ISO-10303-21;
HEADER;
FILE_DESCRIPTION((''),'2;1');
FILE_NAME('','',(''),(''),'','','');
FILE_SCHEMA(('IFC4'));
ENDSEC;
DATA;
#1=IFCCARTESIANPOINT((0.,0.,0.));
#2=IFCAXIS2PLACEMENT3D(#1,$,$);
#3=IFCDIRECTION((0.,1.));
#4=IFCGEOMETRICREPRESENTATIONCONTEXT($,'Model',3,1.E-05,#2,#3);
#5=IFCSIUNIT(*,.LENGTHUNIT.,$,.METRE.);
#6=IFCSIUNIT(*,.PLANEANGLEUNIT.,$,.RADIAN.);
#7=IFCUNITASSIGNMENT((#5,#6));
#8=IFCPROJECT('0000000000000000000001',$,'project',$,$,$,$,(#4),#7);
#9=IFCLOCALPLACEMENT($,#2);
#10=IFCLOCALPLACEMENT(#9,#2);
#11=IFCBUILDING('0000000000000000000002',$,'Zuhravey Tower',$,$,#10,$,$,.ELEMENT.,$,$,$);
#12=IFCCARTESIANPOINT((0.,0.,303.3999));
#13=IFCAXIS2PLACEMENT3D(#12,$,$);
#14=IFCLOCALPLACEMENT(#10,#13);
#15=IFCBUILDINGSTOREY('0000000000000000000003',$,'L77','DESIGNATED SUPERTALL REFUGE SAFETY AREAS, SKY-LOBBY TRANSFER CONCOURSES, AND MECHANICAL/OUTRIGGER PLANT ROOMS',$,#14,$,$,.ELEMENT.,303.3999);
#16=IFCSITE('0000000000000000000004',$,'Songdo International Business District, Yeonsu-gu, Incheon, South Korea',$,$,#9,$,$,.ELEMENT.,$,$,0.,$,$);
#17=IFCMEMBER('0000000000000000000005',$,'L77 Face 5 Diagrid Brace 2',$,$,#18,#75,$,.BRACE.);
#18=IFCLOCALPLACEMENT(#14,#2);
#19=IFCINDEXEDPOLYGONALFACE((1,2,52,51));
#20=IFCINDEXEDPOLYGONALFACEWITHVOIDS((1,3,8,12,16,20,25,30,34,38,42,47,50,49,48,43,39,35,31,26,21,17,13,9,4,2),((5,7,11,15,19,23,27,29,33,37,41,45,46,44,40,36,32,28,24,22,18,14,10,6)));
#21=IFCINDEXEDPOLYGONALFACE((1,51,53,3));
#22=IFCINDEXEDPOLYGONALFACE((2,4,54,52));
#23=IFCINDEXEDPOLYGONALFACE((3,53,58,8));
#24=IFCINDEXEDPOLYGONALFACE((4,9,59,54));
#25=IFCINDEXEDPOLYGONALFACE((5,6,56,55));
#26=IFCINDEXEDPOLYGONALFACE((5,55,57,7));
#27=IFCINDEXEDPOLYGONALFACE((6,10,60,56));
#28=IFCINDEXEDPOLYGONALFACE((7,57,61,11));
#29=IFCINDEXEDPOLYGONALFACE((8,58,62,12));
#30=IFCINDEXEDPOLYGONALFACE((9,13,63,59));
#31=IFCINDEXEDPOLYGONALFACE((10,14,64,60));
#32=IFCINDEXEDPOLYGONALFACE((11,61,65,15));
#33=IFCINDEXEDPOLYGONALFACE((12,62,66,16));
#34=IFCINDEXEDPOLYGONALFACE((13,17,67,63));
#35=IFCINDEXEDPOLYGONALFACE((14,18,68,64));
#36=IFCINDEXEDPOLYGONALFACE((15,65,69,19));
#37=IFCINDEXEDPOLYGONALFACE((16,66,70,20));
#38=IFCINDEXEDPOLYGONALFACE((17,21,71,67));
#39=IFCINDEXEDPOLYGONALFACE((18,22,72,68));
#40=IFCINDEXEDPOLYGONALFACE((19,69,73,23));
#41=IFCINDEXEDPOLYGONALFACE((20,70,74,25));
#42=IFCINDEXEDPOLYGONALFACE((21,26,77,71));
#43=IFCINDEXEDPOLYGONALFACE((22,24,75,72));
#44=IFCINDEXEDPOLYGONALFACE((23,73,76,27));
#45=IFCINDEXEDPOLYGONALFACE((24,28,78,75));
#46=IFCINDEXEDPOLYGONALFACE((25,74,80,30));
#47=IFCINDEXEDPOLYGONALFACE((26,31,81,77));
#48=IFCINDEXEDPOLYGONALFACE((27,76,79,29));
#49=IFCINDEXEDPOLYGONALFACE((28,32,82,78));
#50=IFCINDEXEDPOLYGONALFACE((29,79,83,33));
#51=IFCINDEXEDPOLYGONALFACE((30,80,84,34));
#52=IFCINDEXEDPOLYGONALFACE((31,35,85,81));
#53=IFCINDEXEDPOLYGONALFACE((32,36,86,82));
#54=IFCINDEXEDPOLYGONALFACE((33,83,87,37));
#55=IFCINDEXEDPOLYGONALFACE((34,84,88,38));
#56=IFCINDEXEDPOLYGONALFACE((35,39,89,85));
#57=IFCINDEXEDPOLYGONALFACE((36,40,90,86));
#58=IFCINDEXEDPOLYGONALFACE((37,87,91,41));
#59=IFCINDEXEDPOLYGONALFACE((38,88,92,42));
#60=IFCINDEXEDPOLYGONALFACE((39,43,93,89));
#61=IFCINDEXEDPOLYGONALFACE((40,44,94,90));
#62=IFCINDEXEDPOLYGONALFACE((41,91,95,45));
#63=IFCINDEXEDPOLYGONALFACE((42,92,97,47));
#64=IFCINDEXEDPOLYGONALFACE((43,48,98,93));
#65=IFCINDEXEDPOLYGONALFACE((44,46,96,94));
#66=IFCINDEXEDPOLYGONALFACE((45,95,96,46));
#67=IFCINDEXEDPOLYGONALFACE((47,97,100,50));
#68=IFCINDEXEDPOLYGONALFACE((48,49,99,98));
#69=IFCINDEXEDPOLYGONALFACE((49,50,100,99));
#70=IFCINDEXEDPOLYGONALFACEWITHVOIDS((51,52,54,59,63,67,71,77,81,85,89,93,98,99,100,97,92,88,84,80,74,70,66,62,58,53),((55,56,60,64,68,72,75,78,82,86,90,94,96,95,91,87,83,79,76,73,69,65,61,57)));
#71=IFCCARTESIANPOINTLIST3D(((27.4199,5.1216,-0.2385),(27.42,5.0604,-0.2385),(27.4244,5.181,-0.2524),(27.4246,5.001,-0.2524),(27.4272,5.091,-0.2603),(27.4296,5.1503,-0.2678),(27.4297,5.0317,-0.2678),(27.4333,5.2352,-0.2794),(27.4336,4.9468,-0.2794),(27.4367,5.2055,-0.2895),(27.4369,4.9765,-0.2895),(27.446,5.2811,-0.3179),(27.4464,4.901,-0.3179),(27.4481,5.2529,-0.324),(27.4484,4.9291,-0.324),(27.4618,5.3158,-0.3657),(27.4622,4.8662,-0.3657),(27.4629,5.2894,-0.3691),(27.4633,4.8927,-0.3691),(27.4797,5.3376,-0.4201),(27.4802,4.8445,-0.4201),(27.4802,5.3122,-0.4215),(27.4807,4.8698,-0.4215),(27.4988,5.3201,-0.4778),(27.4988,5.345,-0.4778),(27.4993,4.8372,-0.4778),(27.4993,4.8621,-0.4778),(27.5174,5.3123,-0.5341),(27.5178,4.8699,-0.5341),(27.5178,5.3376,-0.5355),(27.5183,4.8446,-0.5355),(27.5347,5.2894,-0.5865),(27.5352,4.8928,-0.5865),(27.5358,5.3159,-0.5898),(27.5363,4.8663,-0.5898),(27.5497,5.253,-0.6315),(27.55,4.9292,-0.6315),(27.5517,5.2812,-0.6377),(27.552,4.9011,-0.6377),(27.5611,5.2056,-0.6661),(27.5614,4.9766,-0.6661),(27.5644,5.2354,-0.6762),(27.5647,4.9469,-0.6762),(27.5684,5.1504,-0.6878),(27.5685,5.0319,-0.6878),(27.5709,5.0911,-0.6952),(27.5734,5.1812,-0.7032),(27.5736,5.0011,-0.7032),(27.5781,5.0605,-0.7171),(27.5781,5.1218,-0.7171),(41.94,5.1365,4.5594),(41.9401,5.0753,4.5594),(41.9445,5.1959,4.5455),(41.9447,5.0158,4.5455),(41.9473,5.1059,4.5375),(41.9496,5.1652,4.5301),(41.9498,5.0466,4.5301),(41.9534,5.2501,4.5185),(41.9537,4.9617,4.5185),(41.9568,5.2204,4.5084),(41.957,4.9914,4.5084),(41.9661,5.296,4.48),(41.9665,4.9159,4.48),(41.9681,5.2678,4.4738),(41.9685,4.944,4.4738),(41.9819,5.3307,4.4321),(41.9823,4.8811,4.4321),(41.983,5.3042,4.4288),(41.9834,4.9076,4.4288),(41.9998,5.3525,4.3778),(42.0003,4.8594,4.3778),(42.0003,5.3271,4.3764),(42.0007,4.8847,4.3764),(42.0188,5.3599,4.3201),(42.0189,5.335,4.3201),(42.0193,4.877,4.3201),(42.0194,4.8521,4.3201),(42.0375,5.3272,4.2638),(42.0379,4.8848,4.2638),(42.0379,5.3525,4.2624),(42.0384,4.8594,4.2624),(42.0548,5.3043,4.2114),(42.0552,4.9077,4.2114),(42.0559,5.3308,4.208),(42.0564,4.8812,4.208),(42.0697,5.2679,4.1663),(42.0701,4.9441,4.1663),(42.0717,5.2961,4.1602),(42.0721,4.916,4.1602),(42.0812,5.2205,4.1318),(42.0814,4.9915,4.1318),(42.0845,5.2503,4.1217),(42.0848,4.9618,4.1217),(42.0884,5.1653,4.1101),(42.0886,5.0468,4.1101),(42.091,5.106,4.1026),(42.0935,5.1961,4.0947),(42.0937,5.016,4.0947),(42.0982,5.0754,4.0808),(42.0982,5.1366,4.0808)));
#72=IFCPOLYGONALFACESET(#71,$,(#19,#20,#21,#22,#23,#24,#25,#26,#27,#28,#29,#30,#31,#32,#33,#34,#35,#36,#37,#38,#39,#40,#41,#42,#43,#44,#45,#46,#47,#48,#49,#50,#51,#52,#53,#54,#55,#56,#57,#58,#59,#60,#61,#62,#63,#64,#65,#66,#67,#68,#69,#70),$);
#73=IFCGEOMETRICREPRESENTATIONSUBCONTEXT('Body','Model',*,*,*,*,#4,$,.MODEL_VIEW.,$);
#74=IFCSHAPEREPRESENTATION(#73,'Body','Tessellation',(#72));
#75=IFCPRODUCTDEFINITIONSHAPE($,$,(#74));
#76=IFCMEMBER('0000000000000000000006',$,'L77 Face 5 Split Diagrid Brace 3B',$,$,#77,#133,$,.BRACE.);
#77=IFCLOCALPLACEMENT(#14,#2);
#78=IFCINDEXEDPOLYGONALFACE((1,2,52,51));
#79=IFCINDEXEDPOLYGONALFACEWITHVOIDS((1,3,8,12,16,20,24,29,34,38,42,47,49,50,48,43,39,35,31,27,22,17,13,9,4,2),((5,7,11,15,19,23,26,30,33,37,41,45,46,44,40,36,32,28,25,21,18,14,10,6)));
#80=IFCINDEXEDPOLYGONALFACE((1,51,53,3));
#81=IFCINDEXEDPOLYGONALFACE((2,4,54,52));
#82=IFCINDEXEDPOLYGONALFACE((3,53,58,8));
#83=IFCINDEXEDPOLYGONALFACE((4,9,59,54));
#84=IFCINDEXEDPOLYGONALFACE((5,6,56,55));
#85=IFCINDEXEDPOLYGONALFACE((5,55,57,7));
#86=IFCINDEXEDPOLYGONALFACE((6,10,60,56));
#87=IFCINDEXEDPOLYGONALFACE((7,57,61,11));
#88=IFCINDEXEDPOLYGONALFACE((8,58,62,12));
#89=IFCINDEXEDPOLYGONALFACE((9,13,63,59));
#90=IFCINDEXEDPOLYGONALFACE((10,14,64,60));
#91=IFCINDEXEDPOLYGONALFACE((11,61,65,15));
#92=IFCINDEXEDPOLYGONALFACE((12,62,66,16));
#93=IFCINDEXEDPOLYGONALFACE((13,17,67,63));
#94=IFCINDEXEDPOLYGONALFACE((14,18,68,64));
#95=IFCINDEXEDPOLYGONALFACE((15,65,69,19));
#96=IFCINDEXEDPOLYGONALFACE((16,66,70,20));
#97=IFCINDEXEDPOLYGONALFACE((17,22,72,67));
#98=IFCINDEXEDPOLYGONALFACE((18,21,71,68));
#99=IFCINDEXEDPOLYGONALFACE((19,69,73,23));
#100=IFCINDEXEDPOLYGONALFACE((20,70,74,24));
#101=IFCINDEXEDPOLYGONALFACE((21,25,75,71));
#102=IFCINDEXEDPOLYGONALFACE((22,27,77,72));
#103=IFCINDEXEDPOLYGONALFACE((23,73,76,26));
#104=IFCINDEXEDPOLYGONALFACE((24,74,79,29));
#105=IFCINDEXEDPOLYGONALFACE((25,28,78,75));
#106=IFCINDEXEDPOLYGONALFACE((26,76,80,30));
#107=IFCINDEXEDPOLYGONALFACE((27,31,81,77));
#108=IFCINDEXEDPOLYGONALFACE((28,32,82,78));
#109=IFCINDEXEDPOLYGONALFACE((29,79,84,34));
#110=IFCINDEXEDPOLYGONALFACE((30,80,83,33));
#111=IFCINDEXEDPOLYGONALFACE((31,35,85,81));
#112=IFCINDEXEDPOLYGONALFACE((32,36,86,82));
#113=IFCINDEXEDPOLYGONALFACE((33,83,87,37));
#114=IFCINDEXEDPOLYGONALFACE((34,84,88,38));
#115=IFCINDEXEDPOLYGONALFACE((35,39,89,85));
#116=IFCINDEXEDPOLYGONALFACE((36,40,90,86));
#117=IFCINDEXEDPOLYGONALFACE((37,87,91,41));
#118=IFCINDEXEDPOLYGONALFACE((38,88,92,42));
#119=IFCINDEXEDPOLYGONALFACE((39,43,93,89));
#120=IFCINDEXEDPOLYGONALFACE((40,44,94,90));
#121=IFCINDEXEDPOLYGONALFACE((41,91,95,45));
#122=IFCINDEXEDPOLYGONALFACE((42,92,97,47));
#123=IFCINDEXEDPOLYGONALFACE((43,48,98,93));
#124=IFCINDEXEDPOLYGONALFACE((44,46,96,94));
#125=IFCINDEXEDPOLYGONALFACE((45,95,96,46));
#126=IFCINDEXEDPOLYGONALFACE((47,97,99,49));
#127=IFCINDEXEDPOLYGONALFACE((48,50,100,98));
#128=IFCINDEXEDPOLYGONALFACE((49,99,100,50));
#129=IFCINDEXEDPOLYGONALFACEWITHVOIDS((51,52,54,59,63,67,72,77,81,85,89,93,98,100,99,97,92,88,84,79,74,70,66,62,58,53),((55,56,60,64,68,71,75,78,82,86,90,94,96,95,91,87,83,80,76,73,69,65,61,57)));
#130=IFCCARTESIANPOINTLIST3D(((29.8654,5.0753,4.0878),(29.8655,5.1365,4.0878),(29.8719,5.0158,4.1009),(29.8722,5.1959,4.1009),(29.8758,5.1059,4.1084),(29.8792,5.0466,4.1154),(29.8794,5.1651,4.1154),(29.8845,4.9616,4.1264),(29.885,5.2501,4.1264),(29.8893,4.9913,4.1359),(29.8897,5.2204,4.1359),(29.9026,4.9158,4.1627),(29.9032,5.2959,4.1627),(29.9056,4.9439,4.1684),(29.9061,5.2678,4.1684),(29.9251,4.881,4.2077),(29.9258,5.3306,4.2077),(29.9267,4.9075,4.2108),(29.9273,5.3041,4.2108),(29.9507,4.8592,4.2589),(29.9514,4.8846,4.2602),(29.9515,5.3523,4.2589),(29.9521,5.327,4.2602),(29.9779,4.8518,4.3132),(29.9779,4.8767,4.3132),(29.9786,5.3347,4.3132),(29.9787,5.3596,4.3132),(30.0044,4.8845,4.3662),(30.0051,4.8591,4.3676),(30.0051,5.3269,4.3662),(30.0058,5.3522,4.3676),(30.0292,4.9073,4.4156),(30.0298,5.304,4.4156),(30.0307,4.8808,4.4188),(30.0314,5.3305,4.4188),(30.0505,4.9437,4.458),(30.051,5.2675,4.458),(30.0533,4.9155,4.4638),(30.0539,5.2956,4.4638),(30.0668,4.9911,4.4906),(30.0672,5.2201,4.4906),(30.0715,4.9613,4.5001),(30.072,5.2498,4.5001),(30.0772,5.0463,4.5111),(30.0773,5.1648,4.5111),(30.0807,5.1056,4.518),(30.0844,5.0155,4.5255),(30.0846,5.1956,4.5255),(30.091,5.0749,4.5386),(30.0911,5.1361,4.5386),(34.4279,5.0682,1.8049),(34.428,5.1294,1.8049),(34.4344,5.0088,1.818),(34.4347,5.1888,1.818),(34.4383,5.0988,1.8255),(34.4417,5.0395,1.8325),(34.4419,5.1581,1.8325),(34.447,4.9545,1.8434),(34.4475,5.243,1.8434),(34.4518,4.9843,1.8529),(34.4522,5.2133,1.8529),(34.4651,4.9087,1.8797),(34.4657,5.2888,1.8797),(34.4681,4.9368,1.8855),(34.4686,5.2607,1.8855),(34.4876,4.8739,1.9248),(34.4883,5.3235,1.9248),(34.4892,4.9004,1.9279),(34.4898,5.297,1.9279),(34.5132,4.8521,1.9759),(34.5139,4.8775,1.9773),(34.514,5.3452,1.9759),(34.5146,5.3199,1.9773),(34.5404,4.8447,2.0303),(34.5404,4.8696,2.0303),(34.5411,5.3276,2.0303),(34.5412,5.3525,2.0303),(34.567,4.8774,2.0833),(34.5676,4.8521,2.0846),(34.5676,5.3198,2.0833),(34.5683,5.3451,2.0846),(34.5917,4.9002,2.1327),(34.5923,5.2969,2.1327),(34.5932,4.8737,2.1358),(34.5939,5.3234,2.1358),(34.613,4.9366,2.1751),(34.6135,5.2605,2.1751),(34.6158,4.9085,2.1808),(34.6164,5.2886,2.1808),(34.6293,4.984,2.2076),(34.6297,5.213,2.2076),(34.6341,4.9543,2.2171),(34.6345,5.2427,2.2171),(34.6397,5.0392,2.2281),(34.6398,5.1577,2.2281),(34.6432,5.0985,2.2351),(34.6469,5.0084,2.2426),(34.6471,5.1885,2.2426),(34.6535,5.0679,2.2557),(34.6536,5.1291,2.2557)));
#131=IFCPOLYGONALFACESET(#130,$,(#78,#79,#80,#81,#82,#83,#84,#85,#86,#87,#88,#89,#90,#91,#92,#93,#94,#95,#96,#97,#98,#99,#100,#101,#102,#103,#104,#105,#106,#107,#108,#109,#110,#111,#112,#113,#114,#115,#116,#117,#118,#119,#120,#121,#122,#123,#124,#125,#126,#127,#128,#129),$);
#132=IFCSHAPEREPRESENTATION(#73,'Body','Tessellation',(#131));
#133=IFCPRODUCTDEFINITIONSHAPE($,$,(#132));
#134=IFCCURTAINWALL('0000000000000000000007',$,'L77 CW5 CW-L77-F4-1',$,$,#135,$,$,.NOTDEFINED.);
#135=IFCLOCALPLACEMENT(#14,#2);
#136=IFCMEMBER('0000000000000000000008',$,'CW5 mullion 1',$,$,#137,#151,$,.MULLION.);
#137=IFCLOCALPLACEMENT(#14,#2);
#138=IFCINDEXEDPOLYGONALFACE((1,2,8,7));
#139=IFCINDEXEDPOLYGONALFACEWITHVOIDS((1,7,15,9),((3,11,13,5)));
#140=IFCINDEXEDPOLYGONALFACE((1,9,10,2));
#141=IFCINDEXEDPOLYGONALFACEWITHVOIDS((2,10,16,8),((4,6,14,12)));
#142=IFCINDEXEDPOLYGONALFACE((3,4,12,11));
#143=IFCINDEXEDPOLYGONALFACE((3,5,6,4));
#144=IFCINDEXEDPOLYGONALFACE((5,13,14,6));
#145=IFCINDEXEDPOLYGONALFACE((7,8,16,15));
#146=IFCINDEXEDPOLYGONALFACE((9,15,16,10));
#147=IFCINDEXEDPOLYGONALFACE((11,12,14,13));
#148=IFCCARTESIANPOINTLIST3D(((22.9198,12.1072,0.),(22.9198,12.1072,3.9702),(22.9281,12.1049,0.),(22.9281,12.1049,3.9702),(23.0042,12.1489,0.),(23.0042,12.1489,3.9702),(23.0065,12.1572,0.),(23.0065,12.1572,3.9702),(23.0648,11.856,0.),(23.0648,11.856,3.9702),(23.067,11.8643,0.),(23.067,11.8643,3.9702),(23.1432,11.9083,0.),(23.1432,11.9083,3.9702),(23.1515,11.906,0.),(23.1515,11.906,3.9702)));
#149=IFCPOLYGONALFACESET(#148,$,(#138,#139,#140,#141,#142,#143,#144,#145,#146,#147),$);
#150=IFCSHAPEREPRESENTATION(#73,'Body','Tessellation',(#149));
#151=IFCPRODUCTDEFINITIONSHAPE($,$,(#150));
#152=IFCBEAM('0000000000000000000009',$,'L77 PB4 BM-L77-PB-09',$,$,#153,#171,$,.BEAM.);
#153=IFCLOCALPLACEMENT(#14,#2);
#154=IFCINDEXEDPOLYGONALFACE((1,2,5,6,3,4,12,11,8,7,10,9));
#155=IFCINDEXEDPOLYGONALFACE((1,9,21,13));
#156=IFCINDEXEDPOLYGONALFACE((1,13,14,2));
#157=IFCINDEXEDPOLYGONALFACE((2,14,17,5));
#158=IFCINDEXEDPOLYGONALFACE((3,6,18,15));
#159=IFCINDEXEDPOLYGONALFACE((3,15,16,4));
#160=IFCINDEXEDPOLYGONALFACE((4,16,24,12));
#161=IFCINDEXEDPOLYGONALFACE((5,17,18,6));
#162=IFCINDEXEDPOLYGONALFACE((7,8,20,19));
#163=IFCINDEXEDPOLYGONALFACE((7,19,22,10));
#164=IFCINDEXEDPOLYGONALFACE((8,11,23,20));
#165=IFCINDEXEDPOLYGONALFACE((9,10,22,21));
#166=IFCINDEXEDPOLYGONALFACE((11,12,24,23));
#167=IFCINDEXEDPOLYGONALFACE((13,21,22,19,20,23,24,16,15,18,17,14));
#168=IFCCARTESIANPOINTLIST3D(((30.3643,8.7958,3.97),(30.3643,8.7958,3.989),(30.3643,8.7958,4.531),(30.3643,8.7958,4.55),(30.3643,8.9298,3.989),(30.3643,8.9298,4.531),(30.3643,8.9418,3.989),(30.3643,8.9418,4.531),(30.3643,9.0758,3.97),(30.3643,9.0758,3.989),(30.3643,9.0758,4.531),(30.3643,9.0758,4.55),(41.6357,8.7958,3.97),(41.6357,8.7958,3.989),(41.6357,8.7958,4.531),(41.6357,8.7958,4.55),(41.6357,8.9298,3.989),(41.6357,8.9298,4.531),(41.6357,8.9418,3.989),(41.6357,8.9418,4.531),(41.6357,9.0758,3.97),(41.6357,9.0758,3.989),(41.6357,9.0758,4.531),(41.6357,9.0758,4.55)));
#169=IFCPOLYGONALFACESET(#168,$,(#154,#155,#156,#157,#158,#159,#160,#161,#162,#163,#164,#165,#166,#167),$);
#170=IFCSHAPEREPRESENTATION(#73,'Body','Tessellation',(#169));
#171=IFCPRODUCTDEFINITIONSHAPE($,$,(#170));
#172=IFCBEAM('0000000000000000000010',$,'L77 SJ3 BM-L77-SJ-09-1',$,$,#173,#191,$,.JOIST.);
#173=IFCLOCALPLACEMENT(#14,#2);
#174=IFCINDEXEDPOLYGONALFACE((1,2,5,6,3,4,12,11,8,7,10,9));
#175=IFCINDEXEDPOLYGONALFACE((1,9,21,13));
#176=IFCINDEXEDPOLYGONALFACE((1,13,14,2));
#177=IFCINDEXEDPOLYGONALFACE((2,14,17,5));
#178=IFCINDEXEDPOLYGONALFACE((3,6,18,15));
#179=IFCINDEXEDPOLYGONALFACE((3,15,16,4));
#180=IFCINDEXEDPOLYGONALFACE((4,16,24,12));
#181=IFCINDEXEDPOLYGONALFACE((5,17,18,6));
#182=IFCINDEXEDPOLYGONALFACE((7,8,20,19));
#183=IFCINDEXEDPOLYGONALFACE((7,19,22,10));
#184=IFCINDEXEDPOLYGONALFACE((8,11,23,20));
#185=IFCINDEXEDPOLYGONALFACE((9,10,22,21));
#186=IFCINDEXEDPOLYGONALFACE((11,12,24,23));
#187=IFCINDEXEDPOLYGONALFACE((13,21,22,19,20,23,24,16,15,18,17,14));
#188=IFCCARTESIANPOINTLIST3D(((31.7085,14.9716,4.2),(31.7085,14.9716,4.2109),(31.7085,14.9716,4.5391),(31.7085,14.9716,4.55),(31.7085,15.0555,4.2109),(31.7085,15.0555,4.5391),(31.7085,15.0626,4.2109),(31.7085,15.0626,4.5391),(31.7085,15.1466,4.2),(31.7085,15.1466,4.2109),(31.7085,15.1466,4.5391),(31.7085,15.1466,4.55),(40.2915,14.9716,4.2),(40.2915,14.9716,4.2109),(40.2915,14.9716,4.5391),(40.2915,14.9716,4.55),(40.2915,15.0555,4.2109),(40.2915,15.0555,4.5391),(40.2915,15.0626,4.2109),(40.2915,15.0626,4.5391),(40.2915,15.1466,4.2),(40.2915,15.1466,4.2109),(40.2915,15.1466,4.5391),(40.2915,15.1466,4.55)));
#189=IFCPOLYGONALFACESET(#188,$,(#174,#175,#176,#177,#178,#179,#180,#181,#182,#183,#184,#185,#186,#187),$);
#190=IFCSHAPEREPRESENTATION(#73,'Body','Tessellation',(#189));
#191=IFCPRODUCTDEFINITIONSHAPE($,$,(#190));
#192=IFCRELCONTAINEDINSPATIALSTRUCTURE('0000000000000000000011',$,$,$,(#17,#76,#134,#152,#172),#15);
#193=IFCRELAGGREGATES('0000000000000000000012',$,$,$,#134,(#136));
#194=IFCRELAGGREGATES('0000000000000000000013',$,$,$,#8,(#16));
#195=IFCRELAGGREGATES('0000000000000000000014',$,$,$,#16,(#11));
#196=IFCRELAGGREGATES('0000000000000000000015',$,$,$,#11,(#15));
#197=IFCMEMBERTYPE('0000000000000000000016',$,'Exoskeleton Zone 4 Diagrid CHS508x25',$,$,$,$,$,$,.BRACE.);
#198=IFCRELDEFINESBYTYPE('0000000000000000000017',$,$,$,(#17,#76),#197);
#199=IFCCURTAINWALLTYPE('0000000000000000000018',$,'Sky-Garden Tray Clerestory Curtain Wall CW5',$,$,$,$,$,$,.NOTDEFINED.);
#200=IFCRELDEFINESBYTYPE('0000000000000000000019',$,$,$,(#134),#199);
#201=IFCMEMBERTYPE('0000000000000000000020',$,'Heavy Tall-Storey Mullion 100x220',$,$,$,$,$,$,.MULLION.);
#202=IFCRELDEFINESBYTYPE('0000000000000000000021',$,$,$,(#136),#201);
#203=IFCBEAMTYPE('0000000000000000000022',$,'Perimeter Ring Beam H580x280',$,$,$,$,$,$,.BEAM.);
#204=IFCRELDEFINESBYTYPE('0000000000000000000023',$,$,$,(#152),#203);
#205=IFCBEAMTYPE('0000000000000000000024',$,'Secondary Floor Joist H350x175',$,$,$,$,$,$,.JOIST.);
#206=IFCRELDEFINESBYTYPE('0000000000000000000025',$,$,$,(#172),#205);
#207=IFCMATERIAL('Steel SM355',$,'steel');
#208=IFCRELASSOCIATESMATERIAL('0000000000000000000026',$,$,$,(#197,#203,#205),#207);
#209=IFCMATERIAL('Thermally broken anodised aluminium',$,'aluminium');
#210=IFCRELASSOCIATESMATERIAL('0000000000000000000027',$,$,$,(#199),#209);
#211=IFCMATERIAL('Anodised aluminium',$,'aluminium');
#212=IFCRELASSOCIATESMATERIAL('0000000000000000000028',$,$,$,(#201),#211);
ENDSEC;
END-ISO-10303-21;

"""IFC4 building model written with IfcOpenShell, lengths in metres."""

from ifc_helpers import new_model, si_unit, direction, frame, origin, origin_2d, place, context, subcontext, project, spatial, hollow_rectangle, hollow_circle, i_section, extrude, material, material_profile, profile_set, type_object, element, aggregate, save


model = new_model("IFC4")

# Units and contexts
model_context = context("Model", 3, precision=1e-05, world=origin(), true_north=direction((0.0, 1.0)))
body_context = subcontext(model_context, "Body", "Model", "MODEL_VIEW")
ifc_project = project(units=[si_unit("LENGTHUNIT", "METRE"), si_unit("PLANEANGLEUNIT", "RADIAN")], contexts=[model_context])

# Site, building, storey
site_placement = place(None, origin())
site = spatial("IfcSite", under=ifc_project, at=site_placement, Name="Songdo International Business District, Yeonsu-gu, Incheon, South Korea", CompositionType="ELEMENT", RefElevation=0.0)
building_placement = place(site_placement, origin())
building = spatial("IfcBuilding", under=site, at=building_placement, Name="Zuhravey Tower", CompositionType="ELEMENT")
storey_placement = place(building_placement, frame((0.0, 0.0, 303.3999)))
storey = spatial("IfcBuildingStorey", under=building, at=storey_placement, Name="L77", Description="DESIGNATED SUPERTALL REFUGE SAFETY AREAS, SKY-LOBBY TRANSFER CONCOURSES, AND MECHANICAL/OUTRIGGER PLANT ROOMS", CompositionType="ELEMENT", Elevation=303.3999)

# Shared definitions
ifc_material_1 = material(Name="Steel SM355", Category="steel")

# Members
ifc_material_profile_1 = material_profile(ifc_material_1, hollow_circle(Radius=0.2539, WallThickness=0.0249, at=origin_2d()), Name="CHS-508.0x25")
ifc_profile_set_1 = profile_set([ifc_material_profile_1], Name="Steel SM355")
member_type_1 = type_object("IfcMemberType", Name="Exoskeleton Zone 4 Diagrid CHS508x25", PredefinedType="BRACE", material=ifc_profile_set_1)
member_1_placement = place(storey_placement, frame((27.499, 5.0911, -0.4778), z_axis=(0.949507, 0.000974, 0.313746), x_axis=(-0.001026, 0.999999, 0.0)))
element("IfcMember", 1, at=member_1_placement, inside=storey, type_object=member_type_1, Name="L77 Face 5 Diagrid Brace 2", PredefinedType="BRACE", context=body_context, shape_type="SweptSolid", body=[
    extrude(hollow_circle(Radius=0.2539, WallThickness=0.0249, at=origin_2d()), origin(), (0.0, 0.0, 1.0), 15.2922),
])
member_2_placement = place(storey_placement, frame((34.5408, 5.0986, 2.0303), z_axis=(-0.894292, 0.001388, 0.447481), x_axis=(-0.001552, -0.999999, 0.0)))
element("IfcMember", 2, at=member_2_placement, inside=storey, type_object=member_type_1, Name="L77 Face 5 Split Diagrid Brace 3B", PredefinedType="BRACE", context=body_context, shape_type="SweptSolid", body=[
    extrude(hollow_circle(Radius=0.2539, WallThickness=0.0249, at=origin_2d()), origin(), (0.0, 0.0, 1.0), 5.1018),
])

# Curtain wall, member
ifc_material_2 = material(Name="Thermally broken anodised aluminium", Category="aluminium")
curtain_wall_type = type_object("IfcCurtainWallType", Name="Sky-Garden Tray Clerestory Curtain Wall CW5", PredefinedType="NOTDEFINED", material=ifc_material_2)
curtain_wall_placement = place(storey_placement, origin())
curtain_wall = element("IfcCurtainWall", 3, at=curtain_wall_placement, inside=storey, type_object=curtain_wall_type, Name="L77 CW5 CW-L77-F4-1", PredefinedType="NOTDEFINED")
ifc_material_3 = material(Name="Anodised aluminium", Category="aluminium")
ifc_material_profile_2 = material_profile(ifc_material_3, hollow_rectangle(XDim=0.1001, YDim=0.29, WallThickness=0.0061, at=origin_2d()), Name="ALU-RHS-100x290x6")
ifc_profile_set_2 = profile_set([ifc_material_profile_2], Name="Anodised aluminium")
member_type_2 = type_object("IfcMemberType", Name="Heavy Tall-Storey Mullion 100x220", PredefinedType="MULLION", material=ifc_profile_set_2)
member_3_placement = place(storey_placement, frame((23.0356, 12.0066, 0.0), z_axis=(0.0, 0.0, 1.0), x_axis=(-0.866026, -0.499999, 0.0)))
member_3 = element("IfcMember", 4, at=member_3_placement, type_object=member_type_2, Name="CW5 mullion 1", PredefinedType="MULLION", context=body_context, shape_type="SweptSolid", body=[
    extrude(hollow_rectangle(XDim=0.1001, YDim=0.29, WallThickness=0.0061, at=origin_2d()), origin(), (0.0, 0.0, 1.0), 3.9702),
])

# Beams
ifc_material_profile_3 = material_profile(ifc_material_1, i_section(OverallWidth=0.28, OverallDepth=0.5801, WebThickness=0.012, FlangeThickness=0.019, at=origin_2d()), Name="H-580x280x12x19")
ifc_profile_set_3 = profile_set([ifc_material_profile_3], Name="Steel SM355")
beam_type_1 = type_object("IfcBeamType", Name="Perimeter Ring Beam H580x280", PredefinedType="BEAM", material=ifc_profile_set_3)
beam_1_placement = place(storey_placement, frame((30.3643, 8.9358, 4.26), z_axis=(1.0, 0.0, 0.0), x_axis=(0.0, 1.0, 0.0)))
element("IfcBeam", 5, at=beam_1_placement, inside=storey, type_object=beam_type_1, Name="L77 PB4 BM-L77-PB-09", PredefinedType="BEAM", context=body_context, shape_type="SweptSolid", body=[
    extrude(i_section(OverallWidth=0.28, OverallDepth=0.5801, WebThickness=0.012, FlangeThickness=0.019, at=origin_2d()), origin(), (0.0, 0.0, 1.0), 11.2715),
])
ifc_material_profile_4 = material_profile(ifc_material_1, i_section(OverallWidth=0.175, OverallDepth=0.3501, WebThickness=0.0071, FlangeThickness=0.011, at=origin_2d()), Name="H-350x175x7x11")
ifc_profile_set_4 = profile_set([ifc_material_profile_4], Name="Steel SM355")
beam_type_2 = type_object("IfcBeamType", Name="Secondary Floor Joist H350x175", PredefinedType="JOIST", material=ifc_profile_set_4)
beam_2_placement = place(storey_placement, frame((31.7085, 15.0591, 4.375), z_axis=(1.0, 0.0, 0.0), x_axis=(0.0, 1.0, 0.0)))
element("IfcBeam", 6, at=beam_2_placement, inside=storey, type_object=beam_type_2, Name="L77 SJ3 BM-L77-SJ-09-1", PredefinedType="JOIST", context=body_context, shape_type="SweptSolid", body=[
    extrude(i_section(OverallWidth=0.175, OverallDepth=0.3501, WebThickness=0.0071, FlangeThickness=0.011, at=origin_2d()), origin(), (0.0, 0.0, 1.0), 8.583),
])

aggregate(curtain_wall, [member_3])

save(model, "model.ifc")
